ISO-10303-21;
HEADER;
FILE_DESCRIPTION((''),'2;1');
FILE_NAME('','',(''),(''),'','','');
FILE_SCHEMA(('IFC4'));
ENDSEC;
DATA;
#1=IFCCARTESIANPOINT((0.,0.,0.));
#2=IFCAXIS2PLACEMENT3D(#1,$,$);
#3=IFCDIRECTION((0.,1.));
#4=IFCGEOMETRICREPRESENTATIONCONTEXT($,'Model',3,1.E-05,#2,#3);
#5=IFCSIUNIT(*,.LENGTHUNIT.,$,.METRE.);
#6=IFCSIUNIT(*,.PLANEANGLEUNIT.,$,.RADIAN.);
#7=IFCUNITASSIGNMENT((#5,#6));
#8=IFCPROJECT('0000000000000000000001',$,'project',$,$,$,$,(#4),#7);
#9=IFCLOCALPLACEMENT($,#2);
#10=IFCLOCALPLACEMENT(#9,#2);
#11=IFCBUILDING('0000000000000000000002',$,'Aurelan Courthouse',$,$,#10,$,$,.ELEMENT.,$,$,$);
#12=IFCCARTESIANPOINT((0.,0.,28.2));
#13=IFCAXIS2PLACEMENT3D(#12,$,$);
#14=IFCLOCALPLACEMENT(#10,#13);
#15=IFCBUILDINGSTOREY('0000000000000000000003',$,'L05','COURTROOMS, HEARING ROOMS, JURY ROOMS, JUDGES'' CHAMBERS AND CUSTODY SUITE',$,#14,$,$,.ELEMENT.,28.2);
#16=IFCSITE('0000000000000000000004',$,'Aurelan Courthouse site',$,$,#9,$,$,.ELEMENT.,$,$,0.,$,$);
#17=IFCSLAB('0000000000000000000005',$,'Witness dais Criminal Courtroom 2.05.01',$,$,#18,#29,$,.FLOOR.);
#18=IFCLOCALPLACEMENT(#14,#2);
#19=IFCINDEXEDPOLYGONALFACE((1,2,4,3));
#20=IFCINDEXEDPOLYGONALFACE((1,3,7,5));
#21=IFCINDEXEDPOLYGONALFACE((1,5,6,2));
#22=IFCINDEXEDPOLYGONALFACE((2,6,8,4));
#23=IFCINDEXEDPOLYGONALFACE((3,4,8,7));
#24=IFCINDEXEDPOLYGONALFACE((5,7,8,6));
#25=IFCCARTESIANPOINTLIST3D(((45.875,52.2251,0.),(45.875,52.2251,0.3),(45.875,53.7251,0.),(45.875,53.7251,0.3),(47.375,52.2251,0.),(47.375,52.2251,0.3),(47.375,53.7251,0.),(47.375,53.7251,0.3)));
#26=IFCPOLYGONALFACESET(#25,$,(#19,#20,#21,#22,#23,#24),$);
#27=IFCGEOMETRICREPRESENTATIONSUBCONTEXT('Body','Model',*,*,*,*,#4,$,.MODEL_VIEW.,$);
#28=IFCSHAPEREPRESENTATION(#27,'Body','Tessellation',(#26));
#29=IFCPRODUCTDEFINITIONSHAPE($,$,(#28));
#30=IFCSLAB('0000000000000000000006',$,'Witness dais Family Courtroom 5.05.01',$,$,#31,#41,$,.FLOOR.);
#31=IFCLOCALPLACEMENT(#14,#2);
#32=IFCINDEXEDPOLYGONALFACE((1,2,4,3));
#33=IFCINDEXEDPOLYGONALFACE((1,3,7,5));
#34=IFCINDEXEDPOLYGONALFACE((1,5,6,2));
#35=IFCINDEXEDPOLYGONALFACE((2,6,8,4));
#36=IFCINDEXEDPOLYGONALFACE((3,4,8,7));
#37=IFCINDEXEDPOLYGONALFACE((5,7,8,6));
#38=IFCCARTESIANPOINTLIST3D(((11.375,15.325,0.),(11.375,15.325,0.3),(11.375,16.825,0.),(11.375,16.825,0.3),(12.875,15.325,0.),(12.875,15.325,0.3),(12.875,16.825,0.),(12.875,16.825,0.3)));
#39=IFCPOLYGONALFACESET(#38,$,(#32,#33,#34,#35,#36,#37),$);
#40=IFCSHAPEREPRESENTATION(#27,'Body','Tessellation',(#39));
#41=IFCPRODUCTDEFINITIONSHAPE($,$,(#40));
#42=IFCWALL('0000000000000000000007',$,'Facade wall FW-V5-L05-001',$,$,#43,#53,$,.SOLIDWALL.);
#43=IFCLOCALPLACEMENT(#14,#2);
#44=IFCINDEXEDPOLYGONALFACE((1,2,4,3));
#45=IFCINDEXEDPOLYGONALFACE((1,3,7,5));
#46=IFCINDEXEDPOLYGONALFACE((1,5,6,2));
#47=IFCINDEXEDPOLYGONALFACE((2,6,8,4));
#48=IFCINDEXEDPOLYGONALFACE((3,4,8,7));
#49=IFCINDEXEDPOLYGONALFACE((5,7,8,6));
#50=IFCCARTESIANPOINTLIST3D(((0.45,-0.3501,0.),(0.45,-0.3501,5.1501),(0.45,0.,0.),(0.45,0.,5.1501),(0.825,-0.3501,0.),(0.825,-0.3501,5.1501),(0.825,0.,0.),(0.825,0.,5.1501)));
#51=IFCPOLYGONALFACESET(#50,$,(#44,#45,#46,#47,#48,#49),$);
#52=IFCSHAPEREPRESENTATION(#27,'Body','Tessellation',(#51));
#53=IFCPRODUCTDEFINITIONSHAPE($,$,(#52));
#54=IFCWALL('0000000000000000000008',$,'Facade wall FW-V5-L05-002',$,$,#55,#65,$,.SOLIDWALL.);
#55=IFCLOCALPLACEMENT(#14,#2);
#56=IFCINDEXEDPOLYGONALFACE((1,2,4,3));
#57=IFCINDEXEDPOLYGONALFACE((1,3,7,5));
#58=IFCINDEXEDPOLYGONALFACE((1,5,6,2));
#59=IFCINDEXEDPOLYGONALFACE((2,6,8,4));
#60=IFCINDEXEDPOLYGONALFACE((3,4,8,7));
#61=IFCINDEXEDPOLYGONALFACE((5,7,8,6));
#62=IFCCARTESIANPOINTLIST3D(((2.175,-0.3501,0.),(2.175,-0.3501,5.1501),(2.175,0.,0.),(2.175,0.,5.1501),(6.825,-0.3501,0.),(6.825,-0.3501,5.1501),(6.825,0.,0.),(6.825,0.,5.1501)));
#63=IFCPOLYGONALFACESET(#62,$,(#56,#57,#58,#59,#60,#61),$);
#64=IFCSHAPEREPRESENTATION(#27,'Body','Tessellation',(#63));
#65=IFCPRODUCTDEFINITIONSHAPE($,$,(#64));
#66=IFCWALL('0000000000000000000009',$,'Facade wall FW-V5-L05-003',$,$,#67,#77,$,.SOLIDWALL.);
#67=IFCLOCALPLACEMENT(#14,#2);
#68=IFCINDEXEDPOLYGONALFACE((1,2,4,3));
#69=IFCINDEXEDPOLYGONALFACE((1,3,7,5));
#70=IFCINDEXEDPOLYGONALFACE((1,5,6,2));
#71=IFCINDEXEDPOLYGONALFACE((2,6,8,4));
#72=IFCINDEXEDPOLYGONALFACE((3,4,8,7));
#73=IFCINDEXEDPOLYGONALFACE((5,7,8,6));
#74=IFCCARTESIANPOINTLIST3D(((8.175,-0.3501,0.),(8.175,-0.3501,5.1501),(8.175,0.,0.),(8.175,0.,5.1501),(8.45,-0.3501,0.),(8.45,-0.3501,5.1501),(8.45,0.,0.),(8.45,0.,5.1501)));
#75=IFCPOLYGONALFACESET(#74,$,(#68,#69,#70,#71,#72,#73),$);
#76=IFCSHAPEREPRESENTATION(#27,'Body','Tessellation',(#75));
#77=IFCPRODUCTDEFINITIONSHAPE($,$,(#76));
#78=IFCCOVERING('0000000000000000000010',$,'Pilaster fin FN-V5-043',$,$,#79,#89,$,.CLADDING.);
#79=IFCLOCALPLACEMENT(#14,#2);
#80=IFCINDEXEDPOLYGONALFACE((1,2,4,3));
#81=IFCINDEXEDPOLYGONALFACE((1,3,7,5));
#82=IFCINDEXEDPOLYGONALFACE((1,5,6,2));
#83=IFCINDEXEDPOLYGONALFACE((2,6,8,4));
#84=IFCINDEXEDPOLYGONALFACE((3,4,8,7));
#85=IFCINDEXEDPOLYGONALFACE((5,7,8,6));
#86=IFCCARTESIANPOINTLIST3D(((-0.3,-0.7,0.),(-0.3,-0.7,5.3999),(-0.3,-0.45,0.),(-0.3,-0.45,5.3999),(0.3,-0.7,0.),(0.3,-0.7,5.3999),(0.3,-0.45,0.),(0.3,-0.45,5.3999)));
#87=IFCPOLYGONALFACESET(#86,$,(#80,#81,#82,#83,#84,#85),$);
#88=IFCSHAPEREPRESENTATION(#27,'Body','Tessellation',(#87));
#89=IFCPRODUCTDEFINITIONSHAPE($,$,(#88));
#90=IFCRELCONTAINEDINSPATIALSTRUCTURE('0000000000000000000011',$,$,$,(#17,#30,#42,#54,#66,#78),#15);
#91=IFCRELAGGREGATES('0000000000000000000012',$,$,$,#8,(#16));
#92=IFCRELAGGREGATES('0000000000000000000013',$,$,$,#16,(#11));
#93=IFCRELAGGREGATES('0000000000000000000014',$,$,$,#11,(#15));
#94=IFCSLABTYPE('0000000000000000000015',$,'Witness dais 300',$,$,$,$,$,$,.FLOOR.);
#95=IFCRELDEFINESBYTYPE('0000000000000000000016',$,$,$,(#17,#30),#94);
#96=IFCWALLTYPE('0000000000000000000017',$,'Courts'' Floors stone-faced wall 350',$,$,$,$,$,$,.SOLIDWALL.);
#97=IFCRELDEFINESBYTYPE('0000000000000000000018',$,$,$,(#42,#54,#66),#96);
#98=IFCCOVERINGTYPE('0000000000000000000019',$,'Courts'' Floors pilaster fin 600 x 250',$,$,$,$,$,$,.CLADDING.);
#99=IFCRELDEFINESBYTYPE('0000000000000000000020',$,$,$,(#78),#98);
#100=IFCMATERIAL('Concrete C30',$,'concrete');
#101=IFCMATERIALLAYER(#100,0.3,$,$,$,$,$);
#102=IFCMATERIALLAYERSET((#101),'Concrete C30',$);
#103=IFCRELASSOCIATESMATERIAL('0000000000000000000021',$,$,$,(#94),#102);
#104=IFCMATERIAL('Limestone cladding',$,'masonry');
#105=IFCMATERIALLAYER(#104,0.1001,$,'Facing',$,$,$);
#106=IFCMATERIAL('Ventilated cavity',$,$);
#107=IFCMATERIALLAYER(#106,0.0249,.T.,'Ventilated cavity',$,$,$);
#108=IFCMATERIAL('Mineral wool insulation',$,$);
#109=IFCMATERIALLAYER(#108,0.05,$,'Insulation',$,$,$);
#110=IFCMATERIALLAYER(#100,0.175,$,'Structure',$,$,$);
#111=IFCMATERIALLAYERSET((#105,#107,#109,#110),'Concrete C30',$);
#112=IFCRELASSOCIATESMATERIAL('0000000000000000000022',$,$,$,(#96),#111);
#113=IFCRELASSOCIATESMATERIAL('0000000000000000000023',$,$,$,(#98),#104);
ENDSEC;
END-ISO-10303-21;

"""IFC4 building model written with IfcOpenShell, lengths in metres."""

from ifc_helpers import new_model, si_unit, direction, frame, frame_2d, origin, origin_2d, place, context, subcontext, project, spatial, polyline, rectangle, outline, extrude, material, layer, layer_set, type_object, element, save


model = new_model("IFC4")

# Units and contexts
model_context = context("Model", 3, precision=1e-05, world=origin(), true_north=direction((0.0, 1.0)))
body_context = subcontext(model_context, "Body", "Model", "MODEL_VIEW")
ifc_project = project(units=[si_unit("LENGTHUNIT", "METRE"), si_unit("PLANEANGLEUNIT", "RADIAN")], contexts=[model_context])

# Site, building, storey
site_placement = place(None, origin())
site = spatial("IfcSite", under=ifc_project, at=site_placement, Name="Aurelan Courthouse site", CompositionType="ELEMENT", RefElevation=0.0)
building_placement = place(site_placement, origin())
building = spatial("IfcBuilding", under=site, at=building_placement, Name="Aurelan Courthouse", CompositionType="ELEMENT")
storey_placement = place(building_placement, frame((0.0, 0.0, 28.2)))
storey = spatial("IfcBuildingStorey", under=building, at=storey_placement, Name="L05", Description="COURTROOMS, HEARING ROOMS, JURY ROOMS, JUDGES' CHAMBERS AND CUSTODY SUITE", CompositionType="ELEMENT", Elevation=28.2)

# Slabs
ifc_material_1 = material(Name="Concrete C30", Category="concrete")
ifc_layer_1 = layer(ifc_material_1, 0.3)
ifc_layer_set_1 = layer_set([ifc_layer_1], Name="Concrete C30")
slab_type_1 = type_object("IfcSlabType", Name="Witness dais 300", PredefinedType="FLOOR", material=ifc_layer_set_1)
slab_1_placement = place(storey_placement, origin())
element("IfcSlab", 1, at=slab_1_placement, inside=storey, type_object=slab_type_1, Name="Witness dais Criminal Courtroom 2.05.01", PredefinedType="FLOOR", context=body_context, shape_type="SweptSolid", body=[
    extrude(outline(polyline([(45.875, 52.2251), (47.375, 52.2251), (47.375, 53.7251), (45.875, 53.7251), (45.875, 52.2251)])), origin(), (0.0, 0.0, 1.0), 0.3),
])
slab_2_placement = place(storey_placement, origin())
element("IfcSlab", 2, at=slab_2_placement, inside=storey, type_object=slab_type_1, Name="Witness dais Family Courtroom 5.05.01", PredefinedType="FLOOR", context=body_context, shape_type="SweptSolid", body=[
    extrude(outline(polyline([(11.375, 15.325), (12.875, 15.325), (12.875, 16.825), (11.375, 16.825), (11.375, 15.325)])), origin(), (0.0, 0.0, 1.0), 0.3),
])

# Walls
ifc_material_2 = material(Name="Limestone cladding", Category="masonry")
ifc_layer_2 = layer(ifc_material_2, 0.1001, Name="Facing")
ifc_material_3 = material(Name="Ventilated cavity")
ifc_layer_3 = layer(ifc_material_3, 0.0249, ventilated=True, Name="Ventilated cavity")
ifc_material_4 = material(Name="Mineral wool insulation")
ifc_layer_4 = layer(ifc_material_4, 0.05, Name="Insulation")
ifc_layer_5 = layer(ifc_material_1, 0.175, Name="Structure")
ifc_layer_set_2 = layer_set([ifc_layer_2, ifc_layer_3, ifc_layer_4, ifc_layer_5], Name="Concrete C30")
wall_type = type_object("IfcWallType", Name="Courts' Floors stone-faced wall 350", PredefinedType="SOLIDWALL", material=ifc_layer_set_2)
wall_1_placement = place(storey_placement, frame((0.45, -0.175, 0.0), z_axis=(0.0, 0.0, 1.0), x_axis=(1.0, 0.0, 0.0)))
element("IfcWall", 3, at=wall_1_placement, inside=storey, type_object=wall_type, Name="Facade wall FW-V5-L05-001", PredefinedType="SOLIDWALL", context=body_context, shape_type="SweptSolid", body=[
    extrude(rectangle(XDim=0.375, YDim=0.3501, at=frame_2d((0.1875, 0.0))), origin(), (0.0, 0.0, 1.0), 5.1501),
])
wall_2_placement = place(storey_placement, frame((2.175, -0.175, 0.0), z_axis=(0.0, 0.0, 1.0), x_axis=(1.0, 0.0, 0.0)))
element("IfcWall", 4, at=wall_2_placement, inside=storey, type_object=wall_type, Name="Facade wall FW-V5-L05-002", PredefinedType="SOLIDWALL", context=body_context, shape_type="SweptSolid", body=[
    extrude(rectangle(XDim=4.6499, YDim=0.3501, at=frame_2d((2.325, 0.0))), origin(), (0.0, 0.0, 1.0), 5.1501),
])
wall_3_placement = place(storey_placement, frame((8.175, -0.175, 0.0), z_axis=(0.0, 0.0, 1.0), x_axis=(1.0, 0.0, 0.0)))
element("IfcWall", 5, at=wall_3_placement, inside=storey, type_object=wall_type, Name="Facade wall FW-V5-L05-003", PredefinedType="SOLIDWALL", context=body_context, shape_type="SweptSolid", body=[
    extrude(rectangle(XDim=0.2749, YDim=0.3501, at=frame_2d((0.1375, 0.0))), origin(), (0.0, 0.0, 1.0), 5.1501),
])

# Covering
covering_type = type_object("IfcCoveringType", Name="Courts' Floors pilaster fin 600 x 250", PredefinedType="CLADDING", material=ifc_material_2)
covering_placement = place(storey_placement, frame((0.0, -0.575, 0.0), z_axis=(0.0, 0.0, 1.0), x_axis=(1.0, 0.0, 0.0)))
element("IfcCovering", 6, at=covering_placement, inside=storey, type_object=covering_type, Name="Pilaster fin FN-V5-043", PredefinedType="CLADDING", context=body_context, shape_type="SweptSolid", body=[
    extrude(rectangle(XDim=0.6001, YDim=0.25, at=origin_2d()), origin(), (0.0, 0.0, 1.0), 5.3999),
])

save(model, "model.ifc")
